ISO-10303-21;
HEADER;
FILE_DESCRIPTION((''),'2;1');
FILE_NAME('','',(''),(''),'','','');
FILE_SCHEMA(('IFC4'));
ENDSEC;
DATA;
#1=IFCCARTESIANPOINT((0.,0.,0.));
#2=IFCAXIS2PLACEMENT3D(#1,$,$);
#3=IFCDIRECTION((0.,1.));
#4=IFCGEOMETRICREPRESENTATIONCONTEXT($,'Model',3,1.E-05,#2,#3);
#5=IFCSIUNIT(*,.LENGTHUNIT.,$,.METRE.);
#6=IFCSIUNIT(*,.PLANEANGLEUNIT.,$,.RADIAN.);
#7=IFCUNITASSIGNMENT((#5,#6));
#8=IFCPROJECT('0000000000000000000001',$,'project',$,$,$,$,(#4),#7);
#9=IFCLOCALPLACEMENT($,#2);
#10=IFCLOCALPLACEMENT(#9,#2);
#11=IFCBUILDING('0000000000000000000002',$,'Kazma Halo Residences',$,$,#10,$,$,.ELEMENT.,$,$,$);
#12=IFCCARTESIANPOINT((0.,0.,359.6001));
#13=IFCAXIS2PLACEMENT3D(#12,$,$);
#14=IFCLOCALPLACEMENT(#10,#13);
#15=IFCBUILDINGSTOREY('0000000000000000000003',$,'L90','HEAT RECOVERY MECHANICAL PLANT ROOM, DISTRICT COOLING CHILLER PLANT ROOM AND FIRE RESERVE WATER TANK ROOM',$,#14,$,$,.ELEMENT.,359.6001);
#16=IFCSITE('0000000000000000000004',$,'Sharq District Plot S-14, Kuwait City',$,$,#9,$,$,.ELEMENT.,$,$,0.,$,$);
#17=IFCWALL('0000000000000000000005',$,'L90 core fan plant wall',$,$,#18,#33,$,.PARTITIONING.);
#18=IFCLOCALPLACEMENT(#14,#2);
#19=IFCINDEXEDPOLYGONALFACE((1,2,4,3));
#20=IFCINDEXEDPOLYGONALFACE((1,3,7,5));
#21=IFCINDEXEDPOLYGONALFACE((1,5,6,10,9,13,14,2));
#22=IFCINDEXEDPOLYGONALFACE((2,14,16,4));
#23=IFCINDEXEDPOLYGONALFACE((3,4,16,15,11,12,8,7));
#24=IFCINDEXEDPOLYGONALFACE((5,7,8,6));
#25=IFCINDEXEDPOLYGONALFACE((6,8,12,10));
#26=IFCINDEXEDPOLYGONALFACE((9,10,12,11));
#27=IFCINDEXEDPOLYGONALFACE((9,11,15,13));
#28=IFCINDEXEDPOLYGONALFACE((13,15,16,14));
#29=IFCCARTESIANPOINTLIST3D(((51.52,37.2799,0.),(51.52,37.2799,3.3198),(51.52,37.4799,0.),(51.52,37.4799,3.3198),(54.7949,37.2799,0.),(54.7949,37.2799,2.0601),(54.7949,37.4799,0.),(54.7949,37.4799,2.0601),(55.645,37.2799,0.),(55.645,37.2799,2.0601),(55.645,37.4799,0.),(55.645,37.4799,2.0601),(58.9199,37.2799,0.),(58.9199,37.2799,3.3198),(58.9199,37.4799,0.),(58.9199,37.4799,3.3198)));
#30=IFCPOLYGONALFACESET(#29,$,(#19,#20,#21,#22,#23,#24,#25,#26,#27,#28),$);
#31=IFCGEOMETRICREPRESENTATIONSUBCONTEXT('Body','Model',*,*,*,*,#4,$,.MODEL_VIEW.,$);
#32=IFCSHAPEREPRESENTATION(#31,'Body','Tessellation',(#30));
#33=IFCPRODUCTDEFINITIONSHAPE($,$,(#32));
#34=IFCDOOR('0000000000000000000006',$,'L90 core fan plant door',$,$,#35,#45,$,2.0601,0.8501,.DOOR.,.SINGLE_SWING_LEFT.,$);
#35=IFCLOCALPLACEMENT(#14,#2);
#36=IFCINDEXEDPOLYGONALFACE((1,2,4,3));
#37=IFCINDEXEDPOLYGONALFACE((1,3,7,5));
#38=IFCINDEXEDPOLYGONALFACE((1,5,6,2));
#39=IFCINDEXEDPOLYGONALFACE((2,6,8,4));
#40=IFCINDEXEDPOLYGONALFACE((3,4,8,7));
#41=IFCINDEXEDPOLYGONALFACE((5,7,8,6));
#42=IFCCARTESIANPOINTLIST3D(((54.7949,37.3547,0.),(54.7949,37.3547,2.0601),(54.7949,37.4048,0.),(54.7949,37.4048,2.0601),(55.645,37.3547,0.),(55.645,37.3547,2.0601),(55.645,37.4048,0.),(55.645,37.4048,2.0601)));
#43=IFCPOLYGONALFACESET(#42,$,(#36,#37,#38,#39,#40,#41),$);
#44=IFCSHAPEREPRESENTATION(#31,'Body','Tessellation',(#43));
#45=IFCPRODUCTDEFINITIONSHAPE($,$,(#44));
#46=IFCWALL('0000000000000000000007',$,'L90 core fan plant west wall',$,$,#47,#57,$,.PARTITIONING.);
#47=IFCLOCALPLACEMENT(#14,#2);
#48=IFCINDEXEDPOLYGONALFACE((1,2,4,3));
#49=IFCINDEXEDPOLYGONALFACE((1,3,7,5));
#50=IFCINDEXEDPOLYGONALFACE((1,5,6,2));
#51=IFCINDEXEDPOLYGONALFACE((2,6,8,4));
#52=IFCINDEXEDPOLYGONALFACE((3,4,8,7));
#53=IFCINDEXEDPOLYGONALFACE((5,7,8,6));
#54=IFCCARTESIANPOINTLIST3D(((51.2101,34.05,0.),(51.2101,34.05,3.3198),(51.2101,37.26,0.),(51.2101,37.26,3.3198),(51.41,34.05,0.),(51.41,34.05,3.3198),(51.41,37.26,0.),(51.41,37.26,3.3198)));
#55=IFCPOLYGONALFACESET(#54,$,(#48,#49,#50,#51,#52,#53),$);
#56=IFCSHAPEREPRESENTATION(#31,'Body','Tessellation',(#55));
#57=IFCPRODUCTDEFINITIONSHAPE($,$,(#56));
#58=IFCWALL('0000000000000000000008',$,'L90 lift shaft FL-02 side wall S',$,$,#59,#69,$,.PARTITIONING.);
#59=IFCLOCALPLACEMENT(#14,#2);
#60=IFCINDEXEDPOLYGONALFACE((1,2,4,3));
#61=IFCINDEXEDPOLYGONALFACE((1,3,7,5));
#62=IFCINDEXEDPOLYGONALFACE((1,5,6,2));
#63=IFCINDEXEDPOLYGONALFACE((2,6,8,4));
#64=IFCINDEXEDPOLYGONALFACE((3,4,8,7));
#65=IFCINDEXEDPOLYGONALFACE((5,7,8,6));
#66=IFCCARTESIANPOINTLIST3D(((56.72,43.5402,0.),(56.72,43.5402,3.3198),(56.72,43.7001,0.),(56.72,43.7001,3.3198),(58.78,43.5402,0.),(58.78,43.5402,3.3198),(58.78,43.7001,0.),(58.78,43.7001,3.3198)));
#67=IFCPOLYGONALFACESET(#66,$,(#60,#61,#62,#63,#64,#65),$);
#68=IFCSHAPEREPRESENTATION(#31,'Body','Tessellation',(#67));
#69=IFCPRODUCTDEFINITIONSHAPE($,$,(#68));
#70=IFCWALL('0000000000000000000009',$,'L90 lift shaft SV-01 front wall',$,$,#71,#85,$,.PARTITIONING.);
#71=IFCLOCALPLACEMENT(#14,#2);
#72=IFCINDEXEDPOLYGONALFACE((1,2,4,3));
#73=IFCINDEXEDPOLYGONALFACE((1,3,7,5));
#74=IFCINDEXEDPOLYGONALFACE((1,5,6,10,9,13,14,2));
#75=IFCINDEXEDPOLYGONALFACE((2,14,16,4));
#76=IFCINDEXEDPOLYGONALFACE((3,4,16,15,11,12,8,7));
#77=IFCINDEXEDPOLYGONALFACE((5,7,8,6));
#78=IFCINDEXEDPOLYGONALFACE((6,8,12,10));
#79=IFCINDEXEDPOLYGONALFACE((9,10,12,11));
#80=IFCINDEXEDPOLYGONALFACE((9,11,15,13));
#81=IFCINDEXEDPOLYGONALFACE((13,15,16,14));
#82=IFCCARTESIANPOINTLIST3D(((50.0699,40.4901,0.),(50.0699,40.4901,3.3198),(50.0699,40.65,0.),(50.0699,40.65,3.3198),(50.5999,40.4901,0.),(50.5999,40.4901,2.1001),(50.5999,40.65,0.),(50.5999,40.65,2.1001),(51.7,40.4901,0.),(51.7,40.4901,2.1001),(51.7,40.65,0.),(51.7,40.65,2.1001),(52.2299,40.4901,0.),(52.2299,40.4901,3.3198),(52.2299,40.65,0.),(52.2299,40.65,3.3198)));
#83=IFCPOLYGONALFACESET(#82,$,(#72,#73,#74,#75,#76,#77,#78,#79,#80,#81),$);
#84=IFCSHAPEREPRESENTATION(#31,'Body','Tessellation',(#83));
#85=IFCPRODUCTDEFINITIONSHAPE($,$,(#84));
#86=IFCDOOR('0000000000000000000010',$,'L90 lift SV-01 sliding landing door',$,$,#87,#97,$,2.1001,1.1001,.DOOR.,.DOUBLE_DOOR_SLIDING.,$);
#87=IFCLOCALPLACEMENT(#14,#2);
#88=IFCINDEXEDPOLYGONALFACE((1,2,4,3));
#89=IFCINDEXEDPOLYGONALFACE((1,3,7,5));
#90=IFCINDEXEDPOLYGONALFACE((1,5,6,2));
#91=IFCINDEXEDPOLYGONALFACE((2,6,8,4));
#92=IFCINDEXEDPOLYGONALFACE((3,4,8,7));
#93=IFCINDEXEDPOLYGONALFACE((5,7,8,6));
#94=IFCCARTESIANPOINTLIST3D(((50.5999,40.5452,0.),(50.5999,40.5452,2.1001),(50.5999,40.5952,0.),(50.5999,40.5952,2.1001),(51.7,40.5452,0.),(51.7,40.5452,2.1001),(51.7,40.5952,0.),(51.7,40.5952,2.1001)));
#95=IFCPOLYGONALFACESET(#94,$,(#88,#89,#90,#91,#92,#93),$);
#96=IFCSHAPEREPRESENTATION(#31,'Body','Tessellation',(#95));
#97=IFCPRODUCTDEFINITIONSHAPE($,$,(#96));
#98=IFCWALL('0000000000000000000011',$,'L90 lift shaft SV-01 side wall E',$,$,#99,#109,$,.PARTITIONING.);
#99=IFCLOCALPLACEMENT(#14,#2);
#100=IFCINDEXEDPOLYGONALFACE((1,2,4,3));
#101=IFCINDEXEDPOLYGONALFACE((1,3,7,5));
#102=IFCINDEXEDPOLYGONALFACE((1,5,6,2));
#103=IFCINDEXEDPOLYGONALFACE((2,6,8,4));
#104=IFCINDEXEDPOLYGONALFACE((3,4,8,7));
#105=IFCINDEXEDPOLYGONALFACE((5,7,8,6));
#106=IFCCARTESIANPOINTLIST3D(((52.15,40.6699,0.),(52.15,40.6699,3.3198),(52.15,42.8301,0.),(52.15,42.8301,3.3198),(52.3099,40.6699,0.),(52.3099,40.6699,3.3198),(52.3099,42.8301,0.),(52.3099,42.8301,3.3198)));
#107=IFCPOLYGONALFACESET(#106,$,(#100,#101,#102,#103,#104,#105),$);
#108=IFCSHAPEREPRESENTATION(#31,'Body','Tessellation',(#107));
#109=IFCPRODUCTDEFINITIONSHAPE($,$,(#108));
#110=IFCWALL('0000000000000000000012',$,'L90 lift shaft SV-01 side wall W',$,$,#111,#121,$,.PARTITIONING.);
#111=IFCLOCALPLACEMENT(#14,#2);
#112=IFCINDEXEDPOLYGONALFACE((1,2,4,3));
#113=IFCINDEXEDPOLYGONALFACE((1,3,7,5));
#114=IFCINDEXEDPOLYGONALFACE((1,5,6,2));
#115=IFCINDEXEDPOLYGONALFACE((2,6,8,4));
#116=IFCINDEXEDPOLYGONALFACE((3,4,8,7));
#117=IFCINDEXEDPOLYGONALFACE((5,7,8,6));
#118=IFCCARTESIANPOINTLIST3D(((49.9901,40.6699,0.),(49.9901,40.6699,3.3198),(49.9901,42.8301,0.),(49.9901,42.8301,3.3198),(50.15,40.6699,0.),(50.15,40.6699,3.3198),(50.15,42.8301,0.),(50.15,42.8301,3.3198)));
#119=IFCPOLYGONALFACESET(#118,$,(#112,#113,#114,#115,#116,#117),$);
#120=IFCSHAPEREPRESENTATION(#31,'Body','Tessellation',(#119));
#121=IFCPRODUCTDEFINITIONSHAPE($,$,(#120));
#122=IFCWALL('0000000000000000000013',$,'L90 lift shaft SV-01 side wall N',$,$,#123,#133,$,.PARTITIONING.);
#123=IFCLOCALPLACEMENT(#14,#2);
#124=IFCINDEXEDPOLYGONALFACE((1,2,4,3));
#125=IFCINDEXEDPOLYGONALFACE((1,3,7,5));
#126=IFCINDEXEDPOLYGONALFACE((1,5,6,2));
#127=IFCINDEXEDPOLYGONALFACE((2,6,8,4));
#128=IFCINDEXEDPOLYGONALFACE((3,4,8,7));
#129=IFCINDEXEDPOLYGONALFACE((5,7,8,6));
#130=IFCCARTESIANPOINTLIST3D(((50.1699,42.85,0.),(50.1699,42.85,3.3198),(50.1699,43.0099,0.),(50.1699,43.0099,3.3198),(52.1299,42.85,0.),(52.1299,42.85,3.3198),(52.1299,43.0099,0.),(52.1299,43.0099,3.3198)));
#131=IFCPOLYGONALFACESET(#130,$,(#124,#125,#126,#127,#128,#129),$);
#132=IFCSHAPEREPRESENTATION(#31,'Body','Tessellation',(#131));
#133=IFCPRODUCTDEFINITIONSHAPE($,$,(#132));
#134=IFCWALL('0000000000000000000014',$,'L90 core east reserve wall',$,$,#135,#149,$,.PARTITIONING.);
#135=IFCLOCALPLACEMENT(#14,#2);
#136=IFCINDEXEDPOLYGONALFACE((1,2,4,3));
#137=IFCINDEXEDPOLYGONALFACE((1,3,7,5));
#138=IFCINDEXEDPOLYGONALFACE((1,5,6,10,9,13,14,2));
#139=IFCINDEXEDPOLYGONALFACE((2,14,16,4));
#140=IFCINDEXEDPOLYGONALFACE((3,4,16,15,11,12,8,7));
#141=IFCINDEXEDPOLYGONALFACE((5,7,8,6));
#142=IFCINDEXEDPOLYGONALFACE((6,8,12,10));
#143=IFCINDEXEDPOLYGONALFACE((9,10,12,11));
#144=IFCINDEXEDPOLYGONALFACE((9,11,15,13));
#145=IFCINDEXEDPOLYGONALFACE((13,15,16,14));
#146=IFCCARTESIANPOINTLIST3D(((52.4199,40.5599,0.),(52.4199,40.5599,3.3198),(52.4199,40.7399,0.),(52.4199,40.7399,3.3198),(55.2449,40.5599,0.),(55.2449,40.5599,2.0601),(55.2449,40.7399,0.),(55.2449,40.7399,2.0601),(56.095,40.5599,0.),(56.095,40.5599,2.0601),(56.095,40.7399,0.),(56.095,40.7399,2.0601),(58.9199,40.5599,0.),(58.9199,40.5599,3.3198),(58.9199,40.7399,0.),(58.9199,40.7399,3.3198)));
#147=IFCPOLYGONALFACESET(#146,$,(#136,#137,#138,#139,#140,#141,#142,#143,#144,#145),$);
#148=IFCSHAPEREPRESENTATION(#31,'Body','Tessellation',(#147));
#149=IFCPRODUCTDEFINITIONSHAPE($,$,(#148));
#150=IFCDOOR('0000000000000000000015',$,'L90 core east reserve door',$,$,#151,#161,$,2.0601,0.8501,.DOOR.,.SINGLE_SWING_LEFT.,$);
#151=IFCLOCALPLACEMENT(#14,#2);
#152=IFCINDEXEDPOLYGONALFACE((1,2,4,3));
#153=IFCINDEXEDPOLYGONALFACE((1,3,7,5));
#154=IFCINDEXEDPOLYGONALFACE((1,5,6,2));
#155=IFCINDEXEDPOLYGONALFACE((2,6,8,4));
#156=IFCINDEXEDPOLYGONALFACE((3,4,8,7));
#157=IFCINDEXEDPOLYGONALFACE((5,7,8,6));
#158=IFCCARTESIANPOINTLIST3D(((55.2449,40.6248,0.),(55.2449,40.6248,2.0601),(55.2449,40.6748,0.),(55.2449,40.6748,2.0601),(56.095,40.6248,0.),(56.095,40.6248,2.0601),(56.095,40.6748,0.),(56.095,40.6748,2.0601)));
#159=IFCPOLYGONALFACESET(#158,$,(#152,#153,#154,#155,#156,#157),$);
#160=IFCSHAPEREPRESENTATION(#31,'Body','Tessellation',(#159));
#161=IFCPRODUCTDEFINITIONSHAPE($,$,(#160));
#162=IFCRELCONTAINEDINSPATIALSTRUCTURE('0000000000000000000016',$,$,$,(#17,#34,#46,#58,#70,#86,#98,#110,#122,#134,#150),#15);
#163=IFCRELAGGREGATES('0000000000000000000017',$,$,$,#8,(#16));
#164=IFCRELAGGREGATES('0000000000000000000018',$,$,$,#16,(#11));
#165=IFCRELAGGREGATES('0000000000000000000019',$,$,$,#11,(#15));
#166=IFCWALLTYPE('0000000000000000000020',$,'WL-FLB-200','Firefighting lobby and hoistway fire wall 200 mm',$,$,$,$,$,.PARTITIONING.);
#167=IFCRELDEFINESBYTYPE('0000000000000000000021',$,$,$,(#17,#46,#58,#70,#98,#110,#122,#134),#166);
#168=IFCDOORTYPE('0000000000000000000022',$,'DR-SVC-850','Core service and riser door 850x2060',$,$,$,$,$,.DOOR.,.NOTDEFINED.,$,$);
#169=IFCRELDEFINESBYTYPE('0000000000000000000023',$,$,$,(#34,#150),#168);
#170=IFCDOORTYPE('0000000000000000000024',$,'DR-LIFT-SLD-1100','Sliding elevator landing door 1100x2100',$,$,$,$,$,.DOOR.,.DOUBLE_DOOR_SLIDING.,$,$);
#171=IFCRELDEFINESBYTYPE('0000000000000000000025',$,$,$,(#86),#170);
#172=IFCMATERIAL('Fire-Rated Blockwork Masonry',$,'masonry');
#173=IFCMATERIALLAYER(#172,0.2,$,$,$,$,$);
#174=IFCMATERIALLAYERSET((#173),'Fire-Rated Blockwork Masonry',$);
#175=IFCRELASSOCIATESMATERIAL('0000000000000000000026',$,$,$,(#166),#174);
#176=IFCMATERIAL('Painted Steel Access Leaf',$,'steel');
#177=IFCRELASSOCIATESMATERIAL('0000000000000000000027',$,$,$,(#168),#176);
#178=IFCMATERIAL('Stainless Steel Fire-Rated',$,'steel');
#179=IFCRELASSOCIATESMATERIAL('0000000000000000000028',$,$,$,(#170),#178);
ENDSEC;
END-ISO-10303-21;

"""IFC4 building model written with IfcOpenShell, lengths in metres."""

from ifc_helpers import new_model, si_unit, direction, frame, frame_2d, origin, place, context, subcontext, project, spatial, rectangle, extrude, material, layer, layer_set, type_object, element, fill, save


model = new_model("IFC4")

# Units and contexts
model_context = context("Model", 3, precision=1e-05, world=origin(), true_north=direction((0.0, 1.0)))
body_context = subcontext(model_context, "Body", "Model", "MODEL_VIEW")
ifc_project = project(units=[si_unit("LENGTHUNIT", "METRE"), si_unit("PLANEANGLEUNIT", "RADIAN")], contexts=[model_context])

# Site, building, storey
site_placement = place(None, origin())
site = spatial("IfcSite", under=ifc_project, at=site_placement, Name="Sharq District Plot S-14, Kuwait City", CompositionType="ELEMENT", RefElevation=0.0)
building_placement = place(site_placement, origin())
building = spatial("IfcBuilding", under=site, at=building_placement, Name="Kazma Halo Residences", CompositionType="ELEMENT")
storey_placement = place(building_placement, frame((0.0, 0.0, 359.6001)))
storey = spatial("IfcBuildingStorey", under=building, at=storey_placement, Name="L90", Description="HEAT RECOVERY MECHANICAL PLANT ROOM, DISTRICT COOLING CHILLER PLANT ROOM AND FIRE RESERVE WATER TANK ROOM", CompositionType="ELEMENT", Elevation=359.6001)

# Wall, opening, door
ifc_material_1 = material(Name="Fire-Rated Blockwork Masonry", Category="masonry")
ifc_layer_1 = layer(ifc_material_1, 0.2)
ifc_layer_set_1 = layer_set([ifc_layer_1], Name="Fire-Rated Blockwork Masonry")
wall_type_1 = type_object("IfcWallType", Name="WL-FLB-200", Description="Firefighting lobby and hoistway fire wall 200 mm", PredefinedType="PARTITIONING", material=ifc_layer_set_1)
wall_1_placement = place(storey_placement, frame((51.52, 37.3799, 0.0), z_axis=(0.0, 0.0, 1.0), x_axis=(1.0, 0.0, 0.0)))
wall_1 = element("IfcWall", 1, at=wall_1_placement, inside=storey, type_object=wall_type_1, Name="L90 core fan plant wall", PredefinedType="PARTITIONING", context=body_context, shape_type="SweptSolid", body=[
    extrude(rectangle(XDim=7.3999, YDim=0.2, at=frame_2d((3.7, 0.0))), origin(), (0.0, 0.0, 1.0), 3.3198),
])
opening_1_placement = place(wall_1_placement, frame((3.2749, 0.0, 0.0)))
opening_1 = element("IfcOpeningElement", 2, at=opening_1_placement, cuts=wall_1, PredefinedType="OPENING", context=body_context, shape_type="SweptSolid", body=[
    extrude(rectangle(XDim=0.8501, YDim=2.0601, at=frame_2d((0.425, 1.03))), frame((0.0, 0.1099, 0.0), z_axis=(0.0, -1.0, 0.0), x_axis=(1.0, 0.0, 0.0)), (0.0, 0.0, 1.0), 0.22),
])
ifc_material_2 = material(Name="Painted Steel Access Leaf", Category="steel")
door_type_1 = type_object("IfcDoorType", Name="DR-SVC-850", Description="Core service and riser door 850x2060", OperationType="NOTDEFINED", PredefinedType="DOOR", material=ifc_material_2)
door_1_placement = place(opening_1_placement, origin())
door_1 = element("IfcDoor", 3, at=door_1_placement, inside=storey, type_object=door_type_1, Name="L90 core fan plant door", OperationType="SINGLE_SWING_LEFT", OverallHeight=2.0601, OverallWidth=0.8501, PredefinedType="DOOR", context=body_context, shape_type="SweptSolid", body=[
    extrude(rectangle(XDim=0.8501, YDim=2.0601, at=frame_2d((0.425, 1.03))), frame((0.0, 0.0249, 0.0), z_axis=(0.0, -1.0, 0.0), x_axis=(1.0, 0.0, 0.0)), (0.0, 0.0, 1.0), 0.05),
])
fill(opening_1, door_1)

# Walls
wall_2_placement = place(storey_placement, frame((51.3101, 34.05, 0.0), z_axis=(0.0, 0.0, 1.0), x_axis=(0.0, 1.0, 0.0)))
element("IfcWall", 4, at=wall_2_placement, inside=storey, type_object=wall_type_1, Name="L90 core fan plant west wall", PredefinedType="PARTITIONING", context=body_context, shape_type="SweptSolid", body=[
    extrude(rectangle(XDim=3.21, YDim=0.2, at=frame_2d((1.605, 0.0))), origin(), (0.0, 0.0, 1.0), 3.3198),
])
wall_3_placement = place(storey_placement, frame((56.72, 43.6201, 0.0), z_axis=(0.0, 0.0, 1.0), x_axis=(1.0, 0.0, 0.0)))
element("IfcWall", 5, at=wall_3_placement, inside=storey, type_object=wall_type_1, Name="L90 lift shaft FL-02 side wall S", PredefinedType="PARTITIONING", context=body_context, shape_type="SweptSolid", body=[
    extrude(rectangle(XDim=2.0601, YDim=0.1599, at=frame_2d((1.03, 0.0))), origin(), (0.0, 0.0, 1.0), 3.3198),
])

# Wall, opening, door
wall_4_placement = place(storey_placement, frame((52.23, 40.5701, 0.0), z_axis=(0.0, 0.0, 1.0), x_axis=(-1.0, 0.0, 0.0)))
wall_4 = element("IfcWall", 6, at=wall_4_placement, inside=storey, type_object=wall_type_1, Name="L90 lift shaft SV-01 front wall", PredefinedType="PARTITIONING", context=body_context, shape_type="SweptSolid", body=[
    extrude(rectangle(XDim=2.1599, YDim=0.1599, at=frame_2d((1.0801, 0.0))), origin(), (0.0, 0.0, 1.0), 3.3198),
])
opening_2_placement = place(wall_4_placement, frame((0.53, 0.0, 0.0)))
opening_2 = element("IfcOpeningElement", 7, at=opening_2_placement, cuts=wall_4, PredefinedType="OPENING", context=body_context, shape_type="SweptSolid", body=[
    extrude(rectangle(XDim=1.1001, YDim=2.1001, at=frame_2d((0.55, 1.05))), frame((0.0, 0.0898, 0.0), z_axis=(0.0, -1.0, 0.0), x_axis=(1.0, 0.0, 0.0)), (0.0, 0.0, 1.0), 0.1799),
])
ifc_material_3 = material(Name="Stainless Steel Fire-Rated", Category="steel")
door_type_2 = type_object("IfcDoorType", Name="DR-LIFT-SLD-1100", Description="Sliding elevator landing door 1100x2100", OperationType="DOUBLE_DOOR_SLIDING", PredefinedType="DOOR", material=ifc_material_3)
door_2_placement = place(opening_2_placement, origin())
door_2 = element("IfcDoor", 8, at=door_2_placement, inside=storey, type_object=door_type_2, Name="L90 lift SV-01 sliding landing door", OperationType="DOUBLE_DOOR_SLIDING", OverallHeight=2.1001, OverallWidth=1.1001, PredefinedType="DOOR", context=body_context, shape_type="SweptSolid", body=[
    extrude(rectangle(XDim=1.1001, YDim=2.1001, at=frame_2d((0.55, 1.05))), frame((0.0, 0.0249, 0.0), z_axis=(0.0, -1.0, 0.0), x_axis=(1.0, 0.0, 0.0)), (0.0, 0.0, 1.0), 0.05),
])
fill(opening_2, door_2)

# Walls
for number, where, z_axis, x_axis, name in (
    (9, (52.23, 40.6699, 0.0), (0.0, 0.0, 1.0), (0.0, 1.0, 0.0), "L90 lift shaft SV-01 side wall E"),
    (10, (50.0701, 40.6699, 0.0), (0.0, 0.0, 1.0), (0.0, 1.0, 0.0), "L90 lift shaft SV-01 side wall W"),
):
    element("IfcWall", number, at=place(storey_placement, frame(where, z_axis=z_axis, x_axis=x_axis)), inside=storey, type_object=wall_type_1, Name=name, PredefinedType="PARTITIONING", context=body_context, shape_type="SweptSolid", body=[
        extrude(rectangle(XDim=2.1602, YDim=0.1599, at=frame_2d((1.0801, 0.0))), origin(), (0.0, 0.0, 1.0), 3.3198),
    ])
wall_5_placement = place(storey_placement, frame((50.1699, 42.9299, 0.0), z_axis=(0.0, 0.0, 1.0), x_axis=(1.0, 0.0, 0.0)))
element("IfcWall", 11, at=wall_5_placement, inside=storey, type_object=wall_type_1, Name="L90 lift shaft SV-01 side wall N", PredefinedType="PARTITIONING", context=body_context, shape_type="SweptSolid", body=[
    extrude(rectangle(XDim=1.96, YDim=0.1599, at=frame_2d((0.98, 0.0))), origin(), (0.0, 0.0, 1.0), 3.3198),
])

# Wall, opening, door
wall_6_placement = place(storey_placement, frame((52.4199, 40.6499, 0.0), z_axis=(0.0, 0.0, 1.0), x_axis=(1.0, 0.0, 0.0)))
wall_6 = element("IfcWall", 12, at=wall_6_placement, inside=storey, type_object=wall_type_1, Name="L90 core east reserve wall", PredefinedType="PARTITIONING", context=body_context, shape_type="SweptSolid", body=[
    extrude(rectangle(XDim=6.5, YDim=0.1799, at=frame_2d((3.25, 0.0))), origin(), (0.0, 0.0, 1.0), 3.3198),
])
opening_3_placement = place(wall_6_placement, frame((2.825, 0.0, 0.0)))
opening_3 = element("IfcOpeningElement", 13, at=opening_3_placement, cuts=wall_6, PredefinedType="OPENING", context=body_context, shape_type="SweptSolid", body=[
    extrude(rectangle(XDim=0.8501, YDim=2.0601, at=frame_2d((0.425, 1.03))), frame((0.0, 0.0999, 0.0), z_axis=(0.0, -1.0, 0.0), x_axis=(1.0, 0.0, 0.0)), (0.0, 0.0, 1.0), 0.2),
])
door_3_placement = place(opening_3_placement, origin())
door_3 = element("IfcDoor", 14, at=door_3_placement, inside=storey, type_object=door_type_1, Name="L90 core east reserve door", OperationType="SINGLE_SWING_LEFT", OverallHeight=2.0601, OverallWidth=0.8501, PredefinedType="DOOR", context=body_context, shape_type="SweptSolid", body=[
    extrude(rectangle(XDim=0.8501, YDim=2.0601, at=frame_2d((0.425, 1.03))), frame((0.0, 0.0249, 0.0), z_axis=(0.0, -1.0, 0.0), x_axis=(1.0, 0.0, 0.0)), (0.0, 0.0, 1.0), 0.05),
])
fill(opening_3, door_3)

save(model, "model.ifc")
